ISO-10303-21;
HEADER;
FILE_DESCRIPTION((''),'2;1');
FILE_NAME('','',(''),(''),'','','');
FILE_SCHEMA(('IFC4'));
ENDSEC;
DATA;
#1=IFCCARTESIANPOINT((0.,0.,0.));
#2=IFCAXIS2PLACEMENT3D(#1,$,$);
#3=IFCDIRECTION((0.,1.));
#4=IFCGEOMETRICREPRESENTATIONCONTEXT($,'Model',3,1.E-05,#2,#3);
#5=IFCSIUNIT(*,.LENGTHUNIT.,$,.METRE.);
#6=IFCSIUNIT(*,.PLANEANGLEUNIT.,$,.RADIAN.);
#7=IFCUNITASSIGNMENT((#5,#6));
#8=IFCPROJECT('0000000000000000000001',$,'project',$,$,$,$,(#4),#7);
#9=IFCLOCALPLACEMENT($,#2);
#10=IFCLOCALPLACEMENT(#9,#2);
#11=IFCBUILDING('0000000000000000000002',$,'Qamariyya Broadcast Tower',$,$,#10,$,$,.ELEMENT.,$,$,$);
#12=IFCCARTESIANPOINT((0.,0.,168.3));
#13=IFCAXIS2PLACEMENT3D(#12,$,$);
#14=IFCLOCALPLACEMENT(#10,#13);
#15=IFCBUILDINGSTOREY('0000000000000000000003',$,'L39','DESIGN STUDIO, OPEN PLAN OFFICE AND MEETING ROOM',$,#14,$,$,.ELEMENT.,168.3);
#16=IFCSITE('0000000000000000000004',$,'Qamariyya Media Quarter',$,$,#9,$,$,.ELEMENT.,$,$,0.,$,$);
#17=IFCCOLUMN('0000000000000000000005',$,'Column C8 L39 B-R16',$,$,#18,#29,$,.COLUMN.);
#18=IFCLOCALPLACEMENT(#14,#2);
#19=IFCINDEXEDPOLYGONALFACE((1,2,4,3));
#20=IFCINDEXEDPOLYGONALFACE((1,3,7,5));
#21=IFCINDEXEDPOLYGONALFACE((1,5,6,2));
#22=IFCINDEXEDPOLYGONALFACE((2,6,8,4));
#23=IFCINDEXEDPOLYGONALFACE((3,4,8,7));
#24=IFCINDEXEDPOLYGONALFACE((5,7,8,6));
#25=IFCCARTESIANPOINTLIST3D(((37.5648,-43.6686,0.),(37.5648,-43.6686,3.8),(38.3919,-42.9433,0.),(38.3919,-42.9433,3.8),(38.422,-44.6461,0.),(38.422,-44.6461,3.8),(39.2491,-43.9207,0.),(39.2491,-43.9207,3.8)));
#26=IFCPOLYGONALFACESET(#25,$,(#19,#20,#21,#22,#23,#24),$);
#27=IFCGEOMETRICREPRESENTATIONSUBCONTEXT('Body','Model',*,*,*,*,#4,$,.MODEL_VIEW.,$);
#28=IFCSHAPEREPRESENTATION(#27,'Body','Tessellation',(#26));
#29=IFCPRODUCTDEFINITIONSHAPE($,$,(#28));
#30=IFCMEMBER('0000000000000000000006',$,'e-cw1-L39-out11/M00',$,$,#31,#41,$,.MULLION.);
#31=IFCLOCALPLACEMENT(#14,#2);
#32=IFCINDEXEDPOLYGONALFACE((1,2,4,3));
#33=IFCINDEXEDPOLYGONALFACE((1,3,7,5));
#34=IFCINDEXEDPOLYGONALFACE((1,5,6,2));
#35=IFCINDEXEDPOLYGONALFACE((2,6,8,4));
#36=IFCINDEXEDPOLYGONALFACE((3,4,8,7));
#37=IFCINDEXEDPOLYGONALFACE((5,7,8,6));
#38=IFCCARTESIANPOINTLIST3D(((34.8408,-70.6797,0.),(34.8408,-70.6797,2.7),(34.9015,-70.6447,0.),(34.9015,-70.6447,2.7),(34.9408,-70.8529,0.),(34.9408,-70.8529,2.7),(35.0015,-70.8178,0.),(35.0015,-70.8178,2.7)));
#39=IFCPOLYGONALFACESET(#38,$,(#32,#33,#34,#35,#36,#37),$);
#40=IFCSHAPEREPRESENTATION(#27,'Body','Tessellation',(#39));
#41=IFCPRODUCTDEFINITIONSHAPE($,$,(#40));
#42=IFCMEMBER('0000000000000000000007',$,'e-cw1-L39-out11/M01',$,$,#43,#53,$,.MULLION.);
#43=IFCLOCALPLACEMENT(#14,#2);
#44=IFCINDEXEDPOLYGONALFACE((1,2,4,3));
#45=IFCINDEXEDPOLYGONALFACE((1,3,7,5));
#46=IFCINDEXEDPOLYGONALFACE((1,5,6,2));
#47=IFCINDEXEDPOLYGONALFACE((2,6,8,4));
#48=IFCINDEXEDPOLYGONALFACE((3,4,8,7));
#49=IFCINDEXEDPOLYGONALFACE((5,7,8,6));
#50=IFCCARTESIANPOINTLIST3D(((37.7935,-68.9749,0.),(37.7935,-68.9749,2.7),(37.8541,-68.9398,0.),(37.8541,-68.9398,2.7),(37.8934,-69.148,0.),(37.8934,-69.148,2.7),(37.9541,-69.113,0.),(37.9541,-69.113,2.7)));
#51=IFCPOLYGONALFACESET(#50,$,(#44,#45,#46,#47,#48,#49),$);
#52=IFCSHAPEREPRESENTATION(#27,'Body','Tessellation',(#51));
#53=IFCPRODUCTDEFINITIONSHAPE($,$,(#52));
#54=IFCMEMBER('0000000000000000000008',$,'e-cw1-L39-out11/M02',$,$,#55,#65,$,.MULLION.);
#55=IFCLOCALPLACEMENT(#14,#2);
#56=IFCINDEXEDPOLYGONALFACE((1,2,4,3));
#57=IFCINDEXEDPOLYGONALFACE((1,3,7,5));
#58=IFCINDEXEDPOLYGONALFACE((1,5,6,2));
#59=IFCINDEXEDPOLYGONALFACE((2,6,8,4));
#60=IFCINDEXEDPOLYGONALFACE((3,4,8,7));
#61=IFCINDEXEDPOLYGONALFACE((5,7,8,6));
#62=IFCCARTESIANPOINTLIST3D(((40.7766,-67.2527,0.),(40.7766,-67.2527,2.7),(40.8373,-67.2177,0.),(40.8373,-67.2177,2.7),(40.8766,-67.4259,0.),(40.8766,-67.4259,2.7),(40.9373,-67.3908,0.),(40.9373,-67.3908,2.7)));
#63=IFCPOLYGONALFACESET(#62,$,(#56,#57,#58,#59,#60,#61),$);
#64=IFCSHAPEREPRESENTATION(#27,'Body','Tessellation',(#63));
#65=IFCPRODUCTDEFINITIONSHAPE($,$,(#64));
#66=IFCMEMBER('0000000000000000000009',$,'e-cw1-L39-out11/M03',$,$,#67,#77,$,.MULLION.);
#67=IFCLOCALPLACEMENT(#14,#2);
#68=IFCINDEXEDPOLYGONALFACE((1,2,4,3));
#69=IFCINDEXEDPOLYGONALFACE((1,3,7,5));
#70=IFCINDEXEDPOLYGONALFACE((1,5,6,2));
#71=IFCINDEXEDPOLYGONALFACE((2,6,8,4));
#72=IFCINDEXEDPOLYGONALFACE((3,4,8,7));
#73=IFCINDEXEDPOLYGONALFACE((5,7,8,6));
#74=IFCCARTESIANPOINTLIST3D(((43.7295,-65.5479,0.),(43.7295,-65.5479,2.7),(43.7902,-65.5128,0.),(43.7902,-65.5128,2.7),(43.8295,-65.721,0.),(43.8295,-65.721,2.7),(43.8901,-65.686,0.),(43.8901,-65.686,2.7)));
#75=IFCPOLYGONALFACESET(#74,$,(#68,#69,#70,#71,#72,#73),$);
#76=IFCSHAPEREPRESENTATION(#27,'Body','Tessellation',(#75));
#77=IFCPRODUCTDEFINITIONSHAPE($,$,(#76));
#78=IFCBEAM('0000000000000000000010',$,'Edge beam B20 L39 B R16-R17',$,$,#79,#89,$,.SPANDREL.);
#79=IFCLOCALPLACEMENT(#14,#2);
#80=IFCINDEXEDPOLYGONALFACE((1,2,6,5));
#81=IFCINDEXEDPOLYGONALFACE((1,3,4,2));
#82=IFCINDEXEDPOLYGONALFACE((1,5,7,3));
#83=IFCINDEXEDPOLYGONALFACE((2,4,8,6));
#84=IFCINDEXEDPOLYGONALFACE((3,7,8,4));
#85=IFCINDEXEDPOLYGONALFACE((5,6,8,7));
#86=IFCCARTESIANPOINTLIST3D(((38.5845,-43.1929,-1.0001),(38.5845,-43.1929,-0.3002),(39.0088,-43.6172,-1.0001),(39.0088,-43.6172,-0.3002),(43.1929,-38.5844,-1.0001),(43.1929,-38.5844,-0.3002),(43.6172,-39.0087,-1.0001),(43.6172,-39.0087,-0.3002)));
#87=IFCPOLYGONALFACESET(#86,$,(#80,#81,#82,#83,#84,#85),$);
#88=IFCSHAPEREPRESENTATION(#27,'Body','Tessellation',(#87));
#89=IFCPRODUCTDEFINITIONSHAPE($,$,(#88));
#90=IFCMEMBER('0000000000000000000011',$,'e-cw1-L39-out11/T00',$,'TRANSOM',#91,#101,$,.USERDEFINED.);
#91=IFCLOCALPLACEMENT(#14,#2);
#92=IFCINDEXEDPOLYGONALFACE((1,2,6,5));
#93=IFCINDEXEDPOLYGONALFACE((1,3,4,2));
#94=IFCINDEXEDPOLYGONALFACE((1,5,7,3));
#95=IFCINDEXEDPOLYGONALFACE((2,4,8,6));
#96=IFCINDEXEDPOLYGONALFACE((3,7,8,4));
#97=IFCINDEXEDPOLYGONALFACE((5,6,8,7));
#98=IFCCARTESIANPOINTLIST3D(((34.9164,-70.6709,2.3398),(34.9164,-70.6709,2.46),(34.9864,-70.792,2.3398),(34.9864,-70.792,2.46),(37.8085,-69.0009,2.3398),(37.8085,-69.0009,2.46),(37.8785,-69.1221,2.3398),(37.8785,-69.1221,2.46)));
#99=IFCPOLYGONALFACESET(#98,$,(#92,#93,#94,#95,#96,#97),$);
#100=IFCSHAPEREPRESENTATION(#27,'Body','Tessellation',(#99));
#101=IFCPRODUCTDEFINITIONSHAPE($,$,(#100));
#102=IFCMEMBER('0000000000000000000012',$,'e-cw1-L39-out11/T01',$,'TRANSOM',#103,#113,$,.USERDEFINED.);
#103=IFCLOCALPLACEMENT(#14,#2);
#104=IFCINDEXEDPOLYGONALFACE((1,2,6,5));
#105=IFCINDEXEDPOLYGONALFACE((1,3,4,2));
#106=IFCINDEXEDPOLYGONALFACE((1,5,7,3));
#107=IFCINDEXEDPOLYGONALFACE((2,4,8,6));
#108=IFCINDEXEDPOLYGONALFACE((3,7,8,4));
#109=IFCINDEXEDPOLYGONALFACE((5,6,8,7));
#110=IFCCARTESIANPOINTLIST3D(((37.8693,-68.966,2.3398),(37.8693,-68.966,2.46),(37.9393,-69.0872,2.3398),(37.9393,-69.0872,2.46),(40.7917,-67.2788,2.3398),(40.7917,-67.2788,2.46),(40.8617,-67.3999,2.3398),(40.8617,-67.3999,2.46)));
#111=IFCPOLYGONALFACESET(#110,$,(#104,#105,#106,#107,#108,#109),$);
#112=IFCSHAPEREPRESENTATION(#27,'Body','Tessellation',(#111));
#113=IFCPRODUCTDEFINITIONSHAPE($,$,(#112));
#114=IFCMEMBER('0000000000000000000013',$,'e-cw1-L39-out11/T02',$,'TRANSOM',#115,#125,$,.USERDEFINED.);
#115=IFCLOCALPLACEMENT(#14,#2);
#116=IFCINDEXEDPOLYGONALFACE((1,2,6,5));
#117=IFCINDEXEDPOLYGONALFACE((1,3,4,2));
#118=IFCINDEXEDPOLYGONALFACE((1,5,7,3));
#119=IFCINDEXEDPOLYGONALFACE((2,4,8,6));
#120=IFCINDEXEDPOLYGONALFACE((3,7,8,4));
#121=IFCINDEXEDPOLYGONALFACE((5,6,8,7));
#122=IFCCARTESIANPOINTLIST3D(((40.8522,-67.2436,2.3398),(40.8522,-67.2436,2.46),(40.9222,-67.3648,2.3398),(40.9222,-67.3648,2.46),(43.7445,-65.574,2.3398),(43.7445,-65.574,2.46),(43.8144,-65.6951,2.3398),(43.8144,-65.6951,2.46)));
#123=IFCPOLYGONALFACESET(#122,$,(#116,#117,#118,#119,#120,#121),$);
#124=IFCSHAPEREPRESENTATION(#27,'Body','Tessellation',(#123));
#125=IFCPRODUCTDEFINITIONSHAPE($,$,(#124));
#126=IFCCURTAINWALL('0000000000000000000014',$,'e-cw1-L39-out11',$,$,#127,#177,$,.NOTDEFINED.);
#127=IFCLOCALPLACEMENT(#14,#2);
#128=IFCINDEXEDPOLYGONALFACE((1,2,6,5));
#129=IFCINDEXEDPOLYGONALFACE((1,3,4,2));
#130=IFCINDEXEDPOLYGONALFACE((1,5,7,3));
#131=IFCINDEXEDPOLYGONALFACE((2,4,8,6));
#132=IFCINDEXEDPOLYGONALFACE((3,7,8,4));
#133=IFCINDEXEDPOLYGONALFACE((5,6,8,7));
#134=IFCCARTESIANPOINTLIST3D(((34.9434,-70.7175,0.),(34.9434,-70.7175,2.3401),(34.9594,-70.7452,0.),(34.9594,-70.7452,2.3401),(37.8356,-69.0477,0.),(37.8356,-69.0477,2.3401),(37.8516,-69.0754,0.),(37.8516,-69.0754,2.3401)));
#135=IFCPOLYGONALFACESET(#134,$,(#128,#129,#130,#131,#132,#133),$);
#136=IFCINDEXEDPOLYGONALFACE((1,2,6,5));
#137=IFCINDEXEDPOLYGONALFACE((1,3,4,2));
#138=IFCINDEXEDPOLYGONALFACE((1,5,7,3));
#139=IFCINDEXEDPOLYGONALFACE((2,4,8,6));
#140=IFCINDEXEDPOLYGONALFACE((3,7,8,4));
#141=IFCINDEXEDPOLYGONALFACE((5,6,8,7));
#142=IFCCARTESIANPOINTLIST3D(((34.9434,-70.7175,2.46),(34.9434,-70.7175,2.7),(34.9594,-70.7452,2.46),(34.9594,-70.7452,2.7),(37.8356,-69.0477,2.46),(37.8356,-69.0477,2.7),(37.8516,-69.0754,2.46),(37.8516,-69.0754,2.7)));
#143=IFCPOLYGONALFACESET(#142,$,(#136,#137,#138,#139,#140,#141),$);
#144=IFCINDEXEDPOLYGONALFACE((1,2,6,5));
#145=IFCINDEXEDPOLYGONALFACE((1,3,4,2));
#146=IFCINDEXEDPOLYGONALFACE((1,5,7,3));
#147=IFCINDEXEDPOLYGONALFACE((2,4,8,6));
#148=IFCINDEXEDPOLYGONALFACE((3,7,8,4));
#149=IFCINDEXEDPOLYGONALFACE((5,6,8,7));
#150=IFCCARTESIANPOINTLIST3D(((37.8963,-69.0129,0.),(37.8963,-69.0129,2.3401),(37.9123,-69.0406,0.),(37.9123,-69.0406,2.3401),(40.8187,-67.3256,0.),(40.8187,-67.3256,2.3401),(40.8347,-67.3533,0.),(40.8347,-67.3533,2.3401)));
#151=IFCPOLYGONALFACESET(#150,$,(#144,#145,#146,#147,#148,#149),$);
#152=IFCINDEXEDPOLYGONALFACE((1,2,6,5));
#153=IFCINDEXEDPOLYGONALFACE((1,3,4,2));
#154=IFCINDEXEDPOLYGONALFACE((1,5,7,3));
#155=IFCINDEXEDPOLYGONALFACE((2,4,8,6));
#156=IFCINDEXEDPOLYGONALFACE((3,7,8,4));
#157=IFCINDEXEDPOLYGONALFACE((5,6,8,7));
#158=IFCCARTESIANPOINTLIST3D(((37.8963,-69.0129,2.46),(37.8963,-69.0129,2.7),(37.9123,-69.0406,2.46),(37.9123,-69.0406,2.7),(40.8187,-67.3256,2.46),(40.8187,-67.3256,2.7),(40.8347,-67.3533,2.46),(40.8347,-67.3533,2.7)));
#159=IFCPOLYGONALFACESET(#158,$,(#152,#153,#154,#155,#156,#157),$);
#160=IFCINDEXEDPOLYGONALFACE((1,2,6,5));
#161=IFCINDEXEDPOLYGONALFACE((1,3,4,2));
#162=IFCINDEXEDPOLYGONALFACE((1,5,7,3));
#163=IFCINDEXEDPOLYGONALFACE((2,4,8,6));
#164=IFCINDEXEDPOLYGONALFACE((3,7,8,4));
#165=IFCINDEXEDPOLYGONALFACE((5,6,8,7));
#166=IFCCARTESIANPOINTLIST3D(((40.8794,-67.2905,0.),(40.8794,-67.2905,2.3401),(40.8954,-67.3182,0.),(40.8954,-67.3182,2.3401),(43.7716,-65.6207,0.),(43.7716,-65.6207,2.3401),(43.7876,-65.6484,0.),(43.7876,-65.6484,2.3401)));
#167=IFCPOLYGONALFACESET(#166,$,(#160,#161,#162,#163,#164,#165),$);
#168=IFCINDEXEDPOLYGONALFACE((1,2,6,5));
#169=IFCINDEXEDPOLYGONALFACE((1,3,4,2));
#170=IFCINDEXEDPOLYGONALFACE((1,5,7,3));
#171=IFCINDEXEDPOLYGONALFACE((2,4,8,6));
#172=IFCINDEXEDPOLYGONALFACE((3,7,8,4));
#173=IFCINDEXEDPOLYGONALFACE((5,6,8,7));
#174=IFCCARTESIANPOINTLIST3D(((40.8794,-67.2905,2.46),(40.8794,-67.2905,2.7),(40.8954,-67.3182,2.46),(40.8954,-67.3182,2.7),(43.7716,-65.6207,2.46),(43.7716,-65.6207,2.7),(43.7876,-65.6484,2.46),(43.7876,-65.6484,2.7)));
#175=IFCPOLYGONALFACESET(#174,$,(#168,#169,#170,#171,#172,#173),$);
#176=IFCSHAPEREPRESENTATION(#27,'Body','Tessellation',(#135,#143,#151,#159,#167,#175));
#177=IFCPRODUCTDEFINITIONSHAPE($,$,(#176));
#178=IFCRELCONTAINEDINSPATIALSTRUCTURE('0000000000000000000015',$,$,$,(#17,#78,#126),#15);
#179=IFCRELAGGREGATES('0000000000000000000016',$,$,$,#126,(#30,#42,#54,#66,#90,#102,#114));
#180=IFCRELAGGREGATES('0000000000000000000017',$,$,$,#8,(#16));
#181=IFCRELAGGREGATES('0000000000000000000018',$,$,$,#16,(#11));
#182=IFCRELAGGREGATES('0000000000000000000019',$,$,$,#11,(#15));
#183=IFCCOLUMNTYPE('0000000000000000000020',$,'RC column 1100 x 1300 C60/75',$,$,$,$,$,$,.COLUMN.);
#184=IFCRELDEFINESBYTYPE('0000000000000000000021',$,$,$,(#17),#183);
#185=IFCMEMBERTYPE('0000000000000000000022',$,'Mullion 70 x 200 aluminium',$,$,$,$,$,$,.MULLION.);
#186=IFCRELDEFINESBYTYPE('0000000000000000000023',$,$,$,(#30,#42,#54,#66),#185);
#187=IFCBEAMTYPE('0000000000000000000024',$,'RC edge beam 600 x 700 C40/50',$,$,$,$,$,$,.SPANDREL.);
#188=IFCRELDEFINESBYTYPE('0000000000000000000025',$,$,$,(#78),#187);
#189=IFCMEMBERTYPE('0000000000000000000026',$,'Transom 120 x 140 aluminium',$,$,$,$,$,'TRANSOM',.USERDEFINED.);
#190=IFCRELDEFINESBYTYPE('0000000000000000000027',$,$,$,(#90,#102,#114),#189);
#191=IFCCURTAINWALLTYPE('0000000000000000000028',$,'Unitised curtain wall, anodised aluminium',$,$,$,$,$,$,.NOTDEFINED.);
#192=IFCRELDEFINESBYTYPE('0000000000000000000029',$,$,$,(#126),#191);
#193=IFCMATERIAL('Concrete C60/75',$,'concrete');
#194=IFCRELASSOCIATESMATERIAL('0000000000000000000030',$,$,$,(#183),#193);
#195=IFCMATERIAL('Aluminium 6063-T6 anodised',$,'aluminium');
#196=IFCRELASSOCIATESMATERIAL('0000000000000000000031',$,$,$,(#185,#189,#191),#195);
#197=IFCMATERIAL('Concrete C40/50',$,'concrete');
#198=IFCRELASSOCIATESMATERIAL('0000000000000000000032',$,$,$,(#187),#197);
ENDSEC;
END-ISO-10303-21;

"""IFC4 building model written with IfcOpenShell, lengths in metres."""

from ifc_helpers import new_model, si_unit, direction, frame, origin, origin_2d, place, context, subcontext, project, spatial, rectangle, extrude, material, material_profile, profile_set, type_object, element, aggregate, save


model = new_model("IFC4")

# Units and contexts
model_context = context("Model", 3, precision=1e-05, world=origin(), true_north=direction((0.0, 1.0)))
body_context = subcontext(model_context, "Body", "Model", "MODEL_VIEW")
ifc_project = project(units=[si_unit("LENGTHUNIT", "METRE"), si_unit("PLANEANGLEUNIT", "RADIAN")], contexts=[model_context])

# Site, building, storey
site_placement = place(None, origin())
site = spatial("IfcSite", under=ifc_project, at=site_placement, Name="Qamariyya Media Quarter", CompositionType="ELEMENT", RefElevation=0.0)
building_placement = place(site_placement, origin())
building = spatial("IfcBuilding", under=site, at=building_placement, Name="Qamariyya Broadcast Tower", CompositionType="ELEMENT")
storey_placement = place(building_placement, frame((0.0, 0.0, 168.3)))
storey = spatial("IfcBuildingStorey", under=building, at=storey_placement, Name="L39", Description="DESIGN STUDIO, OPEN PLAN OFFICE AND MEETING ROOM", CompositionType="ELEMENT", Elevation=168.3)

# Column
ifc_material_1 = material(Name="Concrete C60/75", Category="concrete")
ifc_material_profile_1 = material_profile(ifc_material_1, rectangle(XDim=1.1001, YDim=1.3, at=origin_2d()))
ifc_profile_set_1 = profile_set([ifc_material_profile_1], Name="Concrete C60/75")
column_type = type_object("IfcColumnType", Name="RC column 1100 x 1300 C60/75", PredefinedType="COLUMN", material=ifc_profile_set_1)
column_placement = place(storey_placement, frame((38.407, -43.7947, 0.0), z_axis=(0.0, 0.0, 1.0), x_axis=(0.75184, 0.659346, 0.0)))
element("IfcColumn", 1, at=column_placement, inside=storey, type_object=column_type, Name="Column C8 L39 B-R16", PredefinedType="COLUMN", context=body_context, shape_type="SweptSolid", body=[
    extrude(rectangle(XDim=1.1001, YDim=1.3, at=origin_2d()), origin(), (0.0, 0.0, 1.0), 3.8),
])

# Members
ifc_material_2 = material(Name="Aluminium 6063-T6 anodised", Category="aluminium")
ifc_material_profile_2 = material_profile(ifc_material_2, rectangle(XDim=0.2, YDim=0.0701, at=origin_2d()))
ifc_profile_set_2 = profile_set([ifc_material_profile_2], Name="Aluminium 6063-T6 anodised")
member_type_1 = type_object("IfcMemberType", Name="Mullion 70 x 200 aluminium", PredefinedType="MULLION", material=ifc_profile_set_2)
member_1_placement = place(storey_placement, frame((34.9211, -70.7488, 0.0), z_axis=(0.0, 0.0, 1.0), x_axis=(-0.5, 0.866025, 0.0)))
member_1 = element("IfcMember", 2, at=member_1_placement, type_object=member_type_1, Name="e-cw1-L39-out11/M00", PredefinedType="MULLION", context=body_context, shape_type="SweptSolid", body=[
    extrude(rectangle(XDim=0.2, YDim=0.0701, at=origin_2d()), origin(), (0.0, 0.0, 1.0), 2.7),
])
member_2_placement = place(storey_placement, frame((37.8738, -69.0439, 0.0), z_axis=(0.0, 0.0, 1.0), x_axis=(-0.5, 0.866025, 0.0)))
member_2 = element("IfcMember", 3, at=member_2_placement, type_object=member_type_1, Name="e-cw1-L39-out11/M01", PredefinedType="MULLION", context=body_context, shape_type="SweptSolid", body=[
    extrude(rectangle(XDim=0.2, YDim=0.0701, at=origin_2d()), origin(), (0.0, 0.0, 1.0), 2.7),
])
member_3_placement = place(storey_placement, frame((40.8569, -67.3218, 0.0), z_axis=(0.0, 0.0, 1.0), x_axis=(-0.5, 0.866025, 0.0)))
member_3 = element("IfcMember", 4, at=member_3_placement, type_object=member_type_1, Name="e-cw1-L39-out11/M02", PredefinedType="MULLION", context=body_context, shape_type="SweptSolid", body=[
    extrude(rectangle(XDim=0.2, YDim=0.0701, at=origin_2d()), origin(), (0.0, 0.0, 1.0), 2.7),
])
member_4_placement = place(storey_placement, frame((43.8098, -65.6169, 0.0), z_axis=(0.0, 0.0, 1.0), x_axis=(-0.5, 0.866025, 0.0)))
member_4 = element("IfcMember", 5, at=member_4_placement, type_object=member_type_1, Name="e-cw1-L39-out11/M03", PredefinedType="MULLION", context=body_context, shape_type="SweptSolid", body=[
    extrude(rectangle(XDim=0.2, YDim=0.0701, at=origin_2d()), origin(), (0.0, 0.0, 1.0), 2.7),
])

# Beam
ifc_material_3 = material(Name="Concrete C40/50", Category="concrete")
ifc_material_profile_3 = material_profile(ifc_material_3, rectangle(XDim=0.6001, YDim=0.7, at=origin_2d()))
ifc_profile_set_3 = profile_set([ifc_material_profile_3], Name="Concrete C40/50")
beam_type = type_object("IfcBeamType", Name="RC edge beam 600 x 700 C40/50", PredefinedType="SPANDREL", material=ifc_profile_set_3)
beam_placement = place(storey_placement, frame((38.7966, -43.405, -0.6501), z_axis=(0.707107, 0.707107, 0.0), x_axis=(-0.707107, 0.707107, 0.0)))
element("IfcBeam", 6, at=beam_placement, inside=storey, type_object=beam_type, Name="Edge beam B20 L39 B R16-R17", PredefinedType="SPANDREL", context=body_context, shape_type="SweptSolid", body=[
    extrude(rectangle(XDim=0.6001, YDim=0.7, at=origin_2d()), origin(), (0.0, 0.0, 1.0), 6.5173),
])

# Members
ifc_material_profile_4 = material_profile(ifc_material_2, rectangle(XDim=0.1399, YDim=0.1201, at=origin_2d()))
ifc_profile_set_4 = profile_set([ifc_material_profile_4], Name="Aluminium 6063-T6 anodised")
member_type_2 = type_object("IfcMemberType", Name="Transom 120 x 140 aluminium", ElementType="TRANSOM", PredefinedType="USERDEFINED", material=ifc_profile_set_4)
member_5_placement = place(storey_placement, frame((34.9514, -70.7314, 2.3999), z_axis=(0.866003, 0.500039, 0.0), x_axis=(-0.500039, 0.866003, 0.0)))
member_5 = element("IfcMember", 7, at=member_5_placement, type_object=member_type_2, Name="e-cw1-L39-out11/T00", ObjectType="TRANSOM", PredefinedType="USERDEFINED", context=body_context, shape_type="SweptSolid", body=[
    extrude(rectangle(XDim=0.1399, YDim=0.1201, at=origin_2d()), origin(), (0.0, 0.0, 1.0), 3.3396),
])
member_6_placement = place(storey_placement, frame((37.9043, -69.0266, 2.3999), z_axis=(0.866022, 0.500006, 0.0), x_axis=(-0.500006, 0.866022, 0.0)))
member_6 = element("IfcMember", 8, at=member_6_placement, type_object=member_type_2, Name="e-cw1-L39-out11/T01", ObjectType="TRANSOM", PredefinedType="USERDEFINED", context=body_context, shape_type="SweptSolid", body=[
    extrude(rectangle(XDim=0.1399, YDim=0.1201, at=origin_2d()), origin(), (0.0, 0.0, 1.0), 3.3745),
])
member_7_placement = place(storey_placement, frame((40.8872, -67.3042, 2.3999), z_axis=(0.866053, 0.499952, 0.0), x_axis=(-0.499952, 0.866053, 0.0)))
member_7 = element("IfcMember", 9, at=member_7_placement, type_object=member_type_2, Name="e-cw1-L39-out11/T02", ObjectType="TRANSOM", PredefinedType="USERDEFINED", context=body_context, shape_type="SweptSolid", body=[
    extrude(rectangle(XDim=0.1399, YDim=0.1201, at=origin_2d()), origin(), (0.0, 0.0, 1.0), 3.3396),
])

# Curtain wall
curtain_wall_type = type_object("IfcCurtainWallType", Name="Unitised curtain wall, anodised aluminium", PredefinedType="NOTDEFINED", material=ifc_material_2)
curtain_wall_placement = place(storey_placement, origin())
curtain_wall = element("IfcCurtainWall", 10, at=curtain_wall_placement, inside=storey, type_object=curtain_wall_type, Name="e-cw1-L39-out11", PredefinedType="NOTDEFINED", context=body_context, shape_type="SweptSolid", body=[
    extrude(rectangle(XDim=3.3396, YDim=0.032, at=origin_2d()), frame((36.3975, -69.8965, 0.0), x_axis=(0.866029, 0.499994, 0.0)), (0.0, 0.0, 1.0), 2.3401),
    extrude(rectangle(XDim=3.3396, YDim=0.032, at=origin_2d()), frame((36.3975, -69.8965, 2.46), x_axis=(0.866029, 0.499994, 0.0)), (0.0, 0.0, 1.0), 0.24),
    extrude(rectangle(XDim=3.3745, YDim=0.032, at=origin_2d()), frame((39.3655, -68.1831, 0.0), x_axis=(0.866029, 0.499994, 0.0)), (0.0, 0.0, 1.0), 2.3401),
    extrude(rectangle(XDim=3.3745, YDim=0.032, at=origin_2d()), frame((39.3655, -68.1831, 2.46), x_axis=(0.866029, 0.499994, 0.0)), (0.0, 0.0, 1.0), 0.24),
    extrude(rectangle(XDim=3.3396, YDim=0.032, at=origin_2d()), frame((42.3335, -66.4695, 0.0), x_axis=(0.866029, 0.499994, 0.0)), (0.0, 0.0, 1.0), 2.3401),
    extrude(rectangle(XDim=3.3396, YDim=0.032, at=origin_2d()), frame((42.3335, -66.4695, 2.46), x_axis=(0.866029, 0.499994, 0.0)), (0.0, 0.0, 1.0), 0.24),
])
aggregate(curtain_wall, [member_1, member_2, member_3, member_4, member_5, member_6, member_7])

save(model, "model.ifc")
